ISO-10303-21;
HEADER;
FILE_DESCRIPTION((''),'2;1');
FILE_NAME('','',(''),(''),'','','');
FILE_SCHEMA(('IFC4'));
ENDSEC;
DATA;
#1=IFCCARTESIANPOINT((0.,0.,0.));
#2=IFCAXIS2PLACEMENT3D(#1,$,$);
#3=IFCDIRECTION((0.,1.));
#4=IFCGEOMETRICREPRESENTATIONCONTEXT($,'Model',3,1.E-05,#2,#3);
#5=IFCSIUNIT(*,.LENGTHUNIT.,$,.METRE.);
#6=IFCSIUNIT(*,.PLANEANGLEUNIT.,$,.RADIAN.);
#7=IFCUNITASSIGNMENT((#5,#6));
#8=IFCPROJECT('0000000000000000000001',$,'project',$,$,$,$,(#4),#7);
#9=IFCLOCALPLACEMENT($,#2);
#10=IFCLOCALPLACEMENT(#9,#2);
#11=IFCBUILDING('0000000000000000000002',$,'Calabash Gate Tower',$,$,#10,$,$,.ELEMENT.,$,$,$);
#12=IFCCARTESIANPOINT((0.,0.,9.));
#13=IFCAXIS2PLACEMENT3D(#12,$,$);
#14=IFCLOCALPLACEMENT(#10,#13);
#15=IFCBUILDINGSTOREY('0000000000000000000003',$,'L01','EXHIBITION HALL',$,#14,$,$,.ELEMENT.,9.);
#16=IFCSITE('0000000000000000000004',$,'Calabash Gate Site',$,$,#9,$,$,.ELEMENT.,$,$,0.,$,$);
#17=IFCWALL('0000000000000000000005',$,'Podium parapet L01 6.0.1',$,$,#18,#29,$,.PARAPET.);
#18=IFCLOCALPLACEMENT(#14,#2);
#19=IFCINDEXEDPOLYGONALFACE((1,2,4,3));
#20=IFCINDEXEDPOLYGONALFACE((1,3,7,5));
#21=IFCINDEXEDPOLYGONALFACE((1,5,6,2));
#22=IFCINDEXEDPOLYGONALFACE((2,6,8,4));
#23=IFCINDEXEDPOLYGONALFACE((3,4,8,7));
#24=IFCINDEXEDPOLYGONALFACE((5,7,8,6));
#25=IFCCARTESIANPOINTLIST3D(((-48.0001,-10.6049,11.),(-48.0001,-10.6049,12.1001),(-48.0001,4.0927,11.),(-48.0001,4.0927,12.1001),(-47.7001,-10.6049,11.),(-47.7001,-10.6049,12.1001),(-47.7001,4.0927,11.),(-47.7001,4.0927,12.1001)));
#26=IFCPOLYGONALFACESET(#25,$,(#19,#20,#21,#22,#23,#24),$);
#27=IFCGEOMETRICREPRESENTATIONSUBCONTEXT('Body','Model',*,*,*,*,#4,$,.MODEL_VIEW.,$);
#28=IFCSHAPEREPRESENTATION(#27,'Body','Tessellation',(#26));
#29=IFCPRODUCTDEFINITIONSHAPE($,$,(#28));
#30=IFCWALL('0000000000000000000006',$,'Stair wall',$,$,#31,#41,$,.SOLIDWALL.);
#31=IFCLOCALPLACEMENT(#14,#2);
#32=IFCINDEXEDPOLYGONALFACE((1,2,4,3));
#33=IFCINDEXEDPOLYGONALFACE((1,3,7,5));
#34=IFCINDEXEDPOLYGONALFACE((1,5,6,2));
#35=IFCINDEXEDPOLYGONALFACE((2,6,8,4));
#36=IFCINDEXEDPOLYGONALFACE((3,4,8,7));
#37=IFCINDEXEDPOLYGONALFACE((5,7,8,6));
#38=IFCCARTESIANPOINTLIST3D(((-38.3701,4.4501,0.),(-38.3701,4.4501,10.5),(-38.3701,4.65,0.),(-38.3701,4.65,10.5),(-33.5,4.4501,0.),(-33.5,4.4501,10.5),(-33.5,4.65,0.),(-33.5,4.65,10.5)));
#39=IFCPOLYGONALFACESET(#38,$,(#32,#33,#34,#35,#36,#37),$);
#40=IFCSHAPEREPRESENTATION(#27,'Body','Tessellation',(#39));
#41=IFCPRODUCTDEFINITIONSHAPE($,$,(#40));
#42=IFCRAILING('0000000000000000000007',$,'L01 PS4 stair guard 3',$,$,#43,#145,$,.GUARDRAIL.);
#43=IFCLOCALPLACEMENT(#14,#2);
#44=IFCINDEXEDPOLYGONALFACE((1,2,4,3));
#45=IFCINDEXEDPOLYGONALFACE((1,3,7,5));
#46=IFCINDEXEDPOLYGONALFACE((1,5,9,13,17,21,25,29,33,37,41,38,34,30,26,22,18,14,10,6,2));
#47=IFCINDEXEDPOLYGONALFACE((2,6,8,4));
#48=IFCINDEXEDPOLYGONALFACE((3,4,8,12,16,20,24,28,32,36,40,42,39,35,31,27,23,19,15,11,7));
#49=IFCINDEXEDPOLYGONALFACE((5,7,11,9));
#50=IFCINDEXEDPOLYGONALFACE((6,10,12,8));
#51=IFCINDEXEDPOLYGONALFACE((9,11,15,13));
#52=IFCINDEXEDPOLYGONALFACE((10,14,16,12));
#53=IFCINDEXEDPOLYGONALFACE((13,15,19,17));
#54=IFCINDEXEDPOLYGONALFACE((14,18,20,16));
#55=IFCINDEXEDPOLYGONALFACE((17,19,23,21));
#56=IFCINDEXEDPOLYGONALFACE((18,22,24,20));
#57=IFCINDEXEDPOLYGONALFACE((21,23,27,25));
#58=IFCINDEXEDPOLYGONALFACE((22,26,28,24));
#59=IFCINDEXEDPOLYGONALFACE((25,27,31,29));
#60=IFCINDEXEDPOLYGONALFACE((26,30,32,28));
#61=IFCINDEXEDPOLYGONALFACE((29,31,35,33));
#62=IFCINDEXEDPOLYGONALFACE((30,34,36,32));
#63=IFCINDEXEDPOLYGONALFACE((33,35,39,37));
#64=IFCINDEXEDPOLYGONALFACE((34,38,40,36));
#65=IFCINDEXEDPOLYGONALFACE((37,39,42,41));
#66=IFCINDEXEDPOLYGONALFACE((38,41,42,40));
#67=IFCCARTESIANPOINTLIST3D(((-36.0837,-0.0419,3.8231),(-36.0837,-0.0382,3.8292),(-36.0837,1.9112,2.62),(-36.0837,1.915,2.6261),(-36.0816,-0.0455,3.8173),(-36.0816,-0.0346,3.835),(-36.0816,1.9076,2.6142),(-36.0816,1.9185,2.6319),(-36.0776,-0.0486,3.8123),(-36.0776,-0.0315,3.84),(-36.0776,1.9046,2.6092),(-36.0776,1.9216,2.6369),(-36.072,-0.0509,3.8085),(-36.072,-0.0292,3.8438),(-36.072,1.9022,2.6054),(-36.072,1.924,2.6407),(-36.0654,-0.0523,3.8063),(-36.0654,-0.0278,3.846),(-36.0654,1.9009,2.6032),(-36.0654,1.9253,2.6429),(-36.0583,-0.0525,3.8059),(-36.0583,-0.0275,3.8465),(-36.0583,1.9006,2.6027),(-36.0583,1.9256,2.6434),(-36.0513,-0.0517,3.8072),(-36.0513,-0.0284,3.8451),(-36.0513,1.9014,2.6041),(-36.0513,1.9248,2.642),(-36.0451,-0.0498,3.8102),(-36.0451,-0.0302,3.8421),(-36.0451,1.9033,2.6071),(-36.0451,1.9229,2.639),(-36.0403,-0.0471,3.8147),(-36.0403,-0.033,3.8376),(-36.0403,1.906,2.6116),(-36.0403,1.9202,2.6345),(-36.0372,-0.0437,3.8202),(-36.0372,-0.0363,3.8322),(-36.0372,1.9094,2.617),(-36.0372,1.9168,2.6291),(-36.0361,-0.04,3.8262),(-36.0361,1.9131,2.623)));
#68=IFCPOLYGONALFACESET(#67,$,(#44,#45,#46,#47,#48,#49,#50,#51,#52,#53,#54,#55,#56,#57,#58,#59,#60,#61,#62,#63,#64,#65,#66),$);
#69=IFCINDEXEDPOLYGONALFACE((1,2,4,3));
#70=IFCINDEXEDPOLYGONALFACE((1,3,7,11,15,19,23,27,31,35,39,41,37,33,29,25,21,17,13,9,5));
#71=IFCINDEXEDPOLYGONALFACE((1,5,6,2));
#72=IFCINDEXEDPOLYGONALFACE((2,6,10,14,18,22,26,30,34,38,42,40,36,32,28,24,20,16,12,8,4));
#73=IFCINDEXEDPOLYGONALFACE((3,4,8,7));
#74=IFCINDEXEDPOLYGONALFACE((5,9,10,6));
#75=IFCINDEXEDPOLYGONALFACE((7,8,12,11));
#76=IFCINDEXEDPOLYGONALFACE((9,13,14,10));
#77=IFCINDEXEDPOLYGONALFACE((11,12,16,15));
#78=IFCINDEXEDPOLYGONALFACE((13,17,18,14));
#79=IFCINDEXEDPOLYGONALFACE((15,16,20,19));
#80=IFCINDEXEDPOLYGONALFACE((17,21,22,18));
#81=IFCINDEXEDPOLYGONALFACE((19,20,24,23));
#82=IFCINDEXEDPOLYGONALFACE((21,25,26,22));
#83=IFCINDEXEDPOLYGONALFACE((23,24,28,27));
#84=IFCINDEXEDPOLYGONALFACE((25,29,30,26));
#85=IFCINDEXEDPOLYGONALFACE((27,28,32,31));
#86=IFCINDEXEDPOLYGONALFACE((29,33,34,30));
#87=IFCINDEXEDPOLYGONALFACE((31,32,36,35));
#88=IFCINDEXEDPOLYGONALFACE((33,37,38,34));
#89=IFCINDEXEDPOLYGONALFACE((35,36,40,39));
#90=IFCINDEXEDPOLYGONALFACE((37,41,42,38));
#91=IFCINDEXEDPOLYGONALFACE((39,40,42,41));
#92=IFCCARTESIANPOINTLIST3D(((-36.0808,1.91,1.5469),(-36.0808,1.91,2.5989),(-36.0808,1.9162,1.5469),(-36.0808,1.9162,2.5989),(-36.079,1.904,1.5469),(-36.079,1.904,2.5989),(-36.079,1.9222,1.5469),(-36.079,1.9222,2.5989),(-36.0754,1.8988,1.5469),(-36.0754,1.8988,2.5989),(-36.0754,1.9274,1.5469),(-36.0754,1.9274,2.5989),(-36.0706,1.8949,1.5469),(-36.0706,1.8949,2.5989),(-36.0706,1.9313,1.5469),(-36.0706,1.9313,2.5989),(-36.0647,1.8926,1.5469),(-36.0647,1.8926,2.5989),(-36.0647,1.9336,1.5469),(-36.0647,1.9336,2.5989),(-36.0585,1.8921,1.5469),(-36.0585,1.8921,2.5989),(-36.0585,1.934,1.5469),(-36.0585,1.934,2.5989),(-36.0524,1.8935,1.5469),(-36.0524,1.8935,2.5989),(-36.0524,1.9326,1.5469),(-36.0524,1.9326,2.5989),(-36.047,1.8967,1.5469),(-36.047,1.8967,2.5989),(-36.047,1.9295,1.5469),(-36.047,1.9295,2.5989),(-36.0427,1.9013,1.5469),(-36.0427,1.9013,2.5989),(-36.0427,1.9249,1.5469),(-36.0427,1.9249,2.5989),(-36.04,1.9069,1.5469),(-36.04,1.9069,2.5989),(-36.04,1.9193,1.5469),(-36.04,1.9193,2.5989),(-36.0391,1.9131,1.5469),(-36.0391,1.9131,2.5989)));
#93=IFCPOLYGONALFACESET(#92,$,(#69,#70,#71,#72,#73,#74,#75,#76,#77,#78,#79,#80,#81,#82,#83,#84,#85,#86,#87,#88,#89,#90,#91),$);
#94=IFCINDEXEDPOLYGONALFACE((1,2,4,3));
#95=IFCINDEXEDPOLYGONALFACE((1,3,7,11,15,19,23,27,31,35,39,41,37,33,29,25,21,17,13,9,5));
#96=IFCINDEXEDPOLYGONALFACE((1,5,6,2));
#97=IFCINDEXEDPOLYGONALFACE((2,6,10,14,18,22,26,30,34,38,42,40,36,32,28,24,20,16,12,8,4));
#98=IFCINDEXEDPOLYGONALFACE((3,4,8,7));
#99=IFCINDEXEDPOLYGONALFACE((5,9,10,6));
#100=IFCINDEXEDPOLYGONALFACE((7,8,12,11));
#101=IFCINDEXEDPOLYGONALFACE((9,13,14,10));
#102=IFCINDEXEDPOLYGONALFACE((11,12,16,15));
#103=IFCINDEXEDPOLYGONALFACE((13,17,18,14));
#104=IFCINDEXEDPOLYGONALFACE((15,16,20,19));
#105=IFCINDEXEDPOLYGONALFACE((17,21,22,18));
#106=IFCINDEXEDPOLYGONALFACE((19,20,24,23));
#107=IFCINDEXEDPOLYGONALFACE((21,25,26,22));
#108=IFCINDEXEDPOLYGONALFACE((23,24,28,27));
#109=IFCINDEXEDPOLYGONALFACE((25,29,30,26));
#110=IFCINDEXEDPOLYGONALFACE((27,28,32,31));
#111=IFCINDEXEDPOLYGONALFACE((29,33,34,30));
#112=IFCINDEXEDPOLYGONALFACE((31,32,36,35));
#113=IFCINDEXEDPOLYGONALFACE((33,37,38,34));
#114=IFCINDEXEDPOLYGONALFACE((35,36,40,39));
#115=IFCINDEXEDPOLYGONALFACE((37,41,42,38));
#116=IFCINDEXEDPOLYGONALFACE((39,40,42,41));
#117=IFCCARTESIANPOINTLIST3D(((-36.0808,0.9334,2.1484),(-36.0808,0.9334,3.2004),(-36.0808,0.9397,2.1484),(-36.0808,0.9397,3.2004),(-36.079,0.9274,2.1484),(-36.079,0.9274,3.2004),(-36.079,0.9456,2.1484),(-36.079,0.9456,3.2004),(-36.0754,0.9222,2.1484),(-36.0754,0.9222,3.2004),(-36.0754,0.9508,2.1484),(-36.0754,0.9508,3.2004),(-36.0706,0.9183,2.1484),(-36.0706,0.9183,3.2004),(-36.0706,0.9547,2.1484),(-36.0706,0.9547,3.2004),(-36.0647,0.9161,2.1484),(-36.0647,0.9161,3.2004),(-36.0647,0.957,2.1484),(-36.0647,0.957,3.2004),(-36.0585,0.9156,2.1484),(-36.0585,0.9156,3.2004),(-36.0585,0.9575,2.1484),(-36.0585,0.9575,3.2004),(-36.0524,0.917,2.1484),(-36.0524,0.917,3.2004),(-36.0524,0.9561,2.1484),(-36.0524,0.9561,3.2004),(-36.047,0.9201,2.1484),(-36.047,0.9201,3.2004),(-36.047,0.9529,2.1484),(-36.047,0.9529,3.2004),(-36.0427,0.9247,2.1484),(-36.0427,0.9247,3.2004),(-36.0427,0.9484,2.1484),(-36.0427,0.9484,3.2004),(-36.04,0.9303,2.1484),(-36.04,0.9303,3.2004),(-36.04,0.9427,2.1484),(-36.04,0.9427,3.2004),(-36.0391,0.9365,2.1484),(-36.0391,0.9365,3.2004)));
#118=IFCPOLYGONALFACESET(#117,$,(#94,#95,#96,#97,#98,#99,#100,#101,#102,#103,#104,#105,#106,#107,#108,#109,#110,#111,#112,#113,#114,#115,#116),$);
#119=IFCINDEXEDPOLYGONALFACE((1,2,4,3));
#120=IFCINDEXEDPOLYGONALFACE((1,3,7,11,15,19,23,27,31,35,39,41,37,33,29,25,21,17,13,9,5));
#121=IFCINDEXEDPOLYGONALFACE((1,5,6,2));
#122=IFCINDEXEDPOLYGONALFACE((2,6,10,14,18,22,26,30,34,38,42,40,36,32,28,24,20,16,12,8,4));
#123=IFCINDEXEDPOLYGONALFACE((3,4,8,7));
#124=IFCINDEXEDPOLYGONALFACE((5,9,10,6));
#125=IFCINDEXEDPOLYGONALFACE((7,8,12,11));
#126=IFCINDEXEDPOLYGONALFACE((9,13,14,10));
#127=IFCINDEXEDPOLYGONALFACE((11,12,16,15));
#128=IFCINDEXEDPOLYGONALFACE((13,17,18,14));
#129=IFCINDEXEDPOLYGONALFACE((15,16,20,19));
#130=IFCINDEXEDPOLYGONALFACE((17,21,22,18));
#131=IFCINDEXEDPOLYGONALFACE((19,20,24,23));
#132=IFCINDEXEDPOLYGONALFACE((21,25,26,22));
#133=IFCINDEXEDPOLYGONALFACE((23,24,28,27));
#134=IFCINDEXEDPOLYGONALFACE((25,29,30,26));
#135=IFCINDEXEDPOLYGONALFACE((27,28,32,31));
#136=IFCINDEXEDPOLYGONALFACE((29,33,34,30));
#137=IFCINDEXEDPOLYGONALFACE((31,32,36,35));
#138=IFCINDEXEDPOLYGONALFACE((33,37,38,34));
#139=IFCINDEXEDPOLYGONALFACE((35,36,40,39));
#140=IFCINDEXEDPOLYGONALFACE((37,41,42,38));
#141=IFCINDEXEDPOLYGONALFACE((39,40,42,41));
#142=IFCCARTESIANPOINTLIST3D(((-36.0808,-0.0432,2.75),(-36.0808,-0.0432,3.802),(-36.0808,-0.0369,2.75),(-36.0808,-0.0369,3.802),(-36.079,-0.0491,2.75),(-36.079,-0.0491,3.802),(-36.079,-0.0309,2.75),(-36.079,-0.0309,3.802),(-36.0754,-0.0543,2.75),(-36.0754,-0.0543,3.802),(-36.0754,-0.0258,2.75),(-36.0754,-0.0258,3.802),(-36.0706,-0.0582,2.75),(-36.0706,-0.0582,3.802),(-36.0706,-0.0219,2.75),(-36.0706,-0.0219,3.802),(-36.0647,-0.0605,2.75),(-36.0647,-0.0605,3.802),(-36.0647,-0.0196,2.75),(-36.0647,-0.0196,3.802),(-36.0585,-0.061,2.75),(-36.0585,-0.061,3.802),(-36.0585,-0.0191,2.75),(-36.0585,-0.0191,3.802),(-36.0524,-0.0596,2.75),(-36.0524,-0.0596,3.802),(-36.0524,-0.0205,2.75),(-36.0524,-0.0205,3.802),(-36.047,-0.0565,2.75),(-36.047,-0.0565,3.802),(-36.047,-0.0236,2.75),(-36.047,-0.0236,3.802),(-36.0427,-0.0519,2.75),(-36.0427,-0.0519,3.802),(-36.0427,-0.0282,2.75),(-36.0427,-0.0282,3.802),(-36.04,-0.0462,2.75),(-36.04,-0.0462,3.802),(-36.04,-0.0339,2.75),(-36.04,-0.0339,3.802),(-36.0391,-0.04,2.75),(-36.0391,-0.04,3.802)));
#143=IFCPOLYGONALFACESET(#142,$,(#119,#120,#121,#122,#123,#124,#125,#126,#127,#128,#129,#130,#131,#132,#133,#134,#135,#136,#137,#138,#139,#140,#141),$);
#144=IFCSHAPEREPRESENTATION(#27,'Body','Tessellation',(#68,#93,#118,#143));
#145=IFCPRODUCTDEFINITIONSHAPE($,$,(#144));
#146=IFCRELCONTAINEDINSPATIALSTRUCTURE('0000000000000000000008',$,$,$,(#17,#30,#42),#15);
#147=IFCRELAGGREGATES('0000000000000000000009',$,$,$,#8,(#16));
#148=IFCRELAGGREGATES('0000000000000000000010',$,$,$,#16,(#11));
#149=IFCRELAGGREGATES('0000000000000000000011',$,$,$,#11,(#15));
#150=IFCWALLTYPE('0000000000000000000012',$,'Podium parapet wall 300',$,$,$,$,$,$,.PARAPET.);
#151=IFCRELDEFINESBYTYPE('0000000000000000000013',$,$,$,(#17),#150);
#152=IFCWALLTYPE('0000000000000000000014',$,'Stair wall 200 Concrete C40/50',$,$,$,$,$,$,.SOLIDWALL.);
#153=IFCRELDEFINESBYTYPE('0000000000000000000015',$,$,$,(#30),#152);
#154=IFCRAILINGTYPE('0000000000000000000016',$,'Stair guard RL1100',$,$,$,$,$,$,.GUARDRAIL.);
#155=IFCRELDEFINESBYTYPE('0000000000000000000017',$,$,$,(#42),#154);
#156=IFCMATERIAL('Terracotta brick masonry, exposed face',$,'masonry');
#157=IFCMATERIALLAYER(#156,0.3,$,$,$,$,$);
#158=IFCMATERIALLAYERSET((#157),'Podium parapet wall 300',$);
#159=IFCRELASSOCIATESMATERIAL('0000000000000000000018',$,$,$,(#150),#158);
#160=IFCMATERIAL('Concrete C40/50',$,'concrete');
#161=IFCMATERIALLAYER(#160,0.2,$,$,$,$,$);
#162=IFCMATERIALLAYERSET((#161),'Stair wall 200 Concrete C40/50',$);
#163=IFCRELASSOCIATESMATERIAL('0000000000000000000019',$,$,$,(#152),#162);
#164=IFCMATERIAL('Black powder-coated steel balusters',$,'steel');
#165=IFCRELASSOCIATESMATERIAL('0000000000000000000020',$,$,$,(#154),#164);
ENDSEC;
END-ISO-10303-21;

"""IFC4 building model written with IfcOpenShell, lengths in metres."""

from ifc_helpers import new_model, si_unit, direction, frame, frame_2d, origin, origin_2d, place, context, subcontext, project, spatial, rectangle, circle, extrude, material, layer, layer_set, type_object, element, save


model = new_model("IFC4")

# Units and contexts
model_context = context("Model", 3, precision=1e-05, world=origin(), true_north=direction((0.0, 1.0)))
body_context = subcontext(model_context, "Body", "Model", "MODEL_VIEW")
ifc_project = project(units=[si_unit("LENGTHUNIT", "METRE"), si_unit("PLANEANGLEUNIT", "RADIAN")], contexts=[model_context])

# Site, building, storey
site_placement = place(None, origin())
site = spatial("IfcSite", under=ifc_project, at=site_placement, Name="Calabash Gate Site", CompositionType="ELEMENT", RefElevation=0.0)
building_placement = place(site_placement, origin())
building = spatial("IfcBuilding", under=site, at=building_placement, Name="Calabash Gate Tower", CompositionType="ELEMENT")
storey_placement = place(building_placement, frame((0.0, 0.0, 9.0)))
storey = spatial("IfcBuildingStorey", under=building, at=storey_placement, Name="L01", Description="EXHIBITION HALL", CompositionType="ELEMENT", Elevation=9.0)

# Walls
ifc_material_1 = material(Name="Terracotta brick masonry, exposed face", Category="masonry")
ifc_layer_1 = layer(ifc_material_1, 0.3)
ifc_layer_set_1 = layer_set([ifc_layer_1], Name="Podium parapet wall 300")
wall_type_1 = type_object("IfcWallType", Name="Podium parapet wall 300", PredefinedType="PARAPET", material=ifc_layer_set_1)
wall_1_placement = place(storey_placement, frame((-47.8501, 4.0925, 11.0), z_axis=(0.0, 0.0, 1.0), x_axis=(0.0, -1.0, 0.0)))
element("IfcWall", 1, at=wall_1_placement, inside=storey, type_object=wall_type_1, Name="Podium parapet L01 6.0.1", PredefinedType="PARAPET", context=body_context, shape_type="SweptSolid", body=[
    extrude(rectangle(XDim=14.6975, YDim=0.3, at=frame_2d((7.3486, 0.0))), origin(), (0.0, 0.0, 1.0), 1.1001),
])
ifc_material_2 = material(Name="Concrete C40/50", Category="concrete")
ifc_layer_2 = layer(ifc_material_2, 0.2)
ifc_layer_set_2 = layer_set([ifc_layer_2], Name="Stair wall 200 Concrete C40/50")
wall_type_2 = type_object("IfcWallType", Name="Stair wall 200 Concrete C40/50", PredefinedType="SOLIDWALL", material=ifc_layer_set_2)
wall_2_placement = place(storey_placement, frame((-38.3701, 4.55, 0.0), z_axis=(0.0, 0.0, 1.0), x_axis=(1.0, 0.0, 0.0)))
element("IfcWall", 2, at=wall_2_placement, inside=storey, type_object=wall_type_2, Name="Stair wall", PredefinedType="SOLIDWALL", context=body_context, shape_type="SweptSolid", body=[
    extrude(rectangle(XDim=4.8701, YDim=0.2, at=frame_2d((2.4351, 0.0))), origin(), (0.0, 0.0, 1.0), 10.5),
])

# Railing
ifc_material_3 = material(Name="Black powder-coated steel balusters", Category="steel")
railing_type_1 = type_object("IfcRailingType", Name="Stair guard RL1100", PredefinedType="GUARDRAIL", material=ifc_material_3)
for number, where, name in (
    (3, (-36.0601, 1.9131, 1.5469), "L01 PS4 stair guard 3"),
):
    element("IfcRailing", number, at=place(storey_placement, frame(where)), inside=storey, type_object=railing_type_1, Name=name, PredefinedType="GUARDRAIL", context=body_context, shape_type="SweptSolid", body=[
        extrude(circle(Radius=0.0239, at=origin_2d()), frame((0.0, 0.0, 1.0762), z_axis=(0.0, -0.851424, 0.524477), x_axis=(1.0, 0.0, 0.0)), (0.0, 0.0, 1.0), 2.2939),
        extrude(circle(Radius=0.021, at=origin_2d()), origin(), (0.0, 0.0, 1.0), 1.052),
        extrude(circle(Radius=0.021, at=origin_2d()), frame((0.0, -0.9766, 0.6016)), (0.0, 0.0, 1.0), 1.052),
        extrude(circle(Radius=0.021, at=origin_2d()), frame((0.0, -1.9531, 1.2031)), (0.0, 0.0, 1.0), 1.052),
    ])

save(model, "model.ifc")
